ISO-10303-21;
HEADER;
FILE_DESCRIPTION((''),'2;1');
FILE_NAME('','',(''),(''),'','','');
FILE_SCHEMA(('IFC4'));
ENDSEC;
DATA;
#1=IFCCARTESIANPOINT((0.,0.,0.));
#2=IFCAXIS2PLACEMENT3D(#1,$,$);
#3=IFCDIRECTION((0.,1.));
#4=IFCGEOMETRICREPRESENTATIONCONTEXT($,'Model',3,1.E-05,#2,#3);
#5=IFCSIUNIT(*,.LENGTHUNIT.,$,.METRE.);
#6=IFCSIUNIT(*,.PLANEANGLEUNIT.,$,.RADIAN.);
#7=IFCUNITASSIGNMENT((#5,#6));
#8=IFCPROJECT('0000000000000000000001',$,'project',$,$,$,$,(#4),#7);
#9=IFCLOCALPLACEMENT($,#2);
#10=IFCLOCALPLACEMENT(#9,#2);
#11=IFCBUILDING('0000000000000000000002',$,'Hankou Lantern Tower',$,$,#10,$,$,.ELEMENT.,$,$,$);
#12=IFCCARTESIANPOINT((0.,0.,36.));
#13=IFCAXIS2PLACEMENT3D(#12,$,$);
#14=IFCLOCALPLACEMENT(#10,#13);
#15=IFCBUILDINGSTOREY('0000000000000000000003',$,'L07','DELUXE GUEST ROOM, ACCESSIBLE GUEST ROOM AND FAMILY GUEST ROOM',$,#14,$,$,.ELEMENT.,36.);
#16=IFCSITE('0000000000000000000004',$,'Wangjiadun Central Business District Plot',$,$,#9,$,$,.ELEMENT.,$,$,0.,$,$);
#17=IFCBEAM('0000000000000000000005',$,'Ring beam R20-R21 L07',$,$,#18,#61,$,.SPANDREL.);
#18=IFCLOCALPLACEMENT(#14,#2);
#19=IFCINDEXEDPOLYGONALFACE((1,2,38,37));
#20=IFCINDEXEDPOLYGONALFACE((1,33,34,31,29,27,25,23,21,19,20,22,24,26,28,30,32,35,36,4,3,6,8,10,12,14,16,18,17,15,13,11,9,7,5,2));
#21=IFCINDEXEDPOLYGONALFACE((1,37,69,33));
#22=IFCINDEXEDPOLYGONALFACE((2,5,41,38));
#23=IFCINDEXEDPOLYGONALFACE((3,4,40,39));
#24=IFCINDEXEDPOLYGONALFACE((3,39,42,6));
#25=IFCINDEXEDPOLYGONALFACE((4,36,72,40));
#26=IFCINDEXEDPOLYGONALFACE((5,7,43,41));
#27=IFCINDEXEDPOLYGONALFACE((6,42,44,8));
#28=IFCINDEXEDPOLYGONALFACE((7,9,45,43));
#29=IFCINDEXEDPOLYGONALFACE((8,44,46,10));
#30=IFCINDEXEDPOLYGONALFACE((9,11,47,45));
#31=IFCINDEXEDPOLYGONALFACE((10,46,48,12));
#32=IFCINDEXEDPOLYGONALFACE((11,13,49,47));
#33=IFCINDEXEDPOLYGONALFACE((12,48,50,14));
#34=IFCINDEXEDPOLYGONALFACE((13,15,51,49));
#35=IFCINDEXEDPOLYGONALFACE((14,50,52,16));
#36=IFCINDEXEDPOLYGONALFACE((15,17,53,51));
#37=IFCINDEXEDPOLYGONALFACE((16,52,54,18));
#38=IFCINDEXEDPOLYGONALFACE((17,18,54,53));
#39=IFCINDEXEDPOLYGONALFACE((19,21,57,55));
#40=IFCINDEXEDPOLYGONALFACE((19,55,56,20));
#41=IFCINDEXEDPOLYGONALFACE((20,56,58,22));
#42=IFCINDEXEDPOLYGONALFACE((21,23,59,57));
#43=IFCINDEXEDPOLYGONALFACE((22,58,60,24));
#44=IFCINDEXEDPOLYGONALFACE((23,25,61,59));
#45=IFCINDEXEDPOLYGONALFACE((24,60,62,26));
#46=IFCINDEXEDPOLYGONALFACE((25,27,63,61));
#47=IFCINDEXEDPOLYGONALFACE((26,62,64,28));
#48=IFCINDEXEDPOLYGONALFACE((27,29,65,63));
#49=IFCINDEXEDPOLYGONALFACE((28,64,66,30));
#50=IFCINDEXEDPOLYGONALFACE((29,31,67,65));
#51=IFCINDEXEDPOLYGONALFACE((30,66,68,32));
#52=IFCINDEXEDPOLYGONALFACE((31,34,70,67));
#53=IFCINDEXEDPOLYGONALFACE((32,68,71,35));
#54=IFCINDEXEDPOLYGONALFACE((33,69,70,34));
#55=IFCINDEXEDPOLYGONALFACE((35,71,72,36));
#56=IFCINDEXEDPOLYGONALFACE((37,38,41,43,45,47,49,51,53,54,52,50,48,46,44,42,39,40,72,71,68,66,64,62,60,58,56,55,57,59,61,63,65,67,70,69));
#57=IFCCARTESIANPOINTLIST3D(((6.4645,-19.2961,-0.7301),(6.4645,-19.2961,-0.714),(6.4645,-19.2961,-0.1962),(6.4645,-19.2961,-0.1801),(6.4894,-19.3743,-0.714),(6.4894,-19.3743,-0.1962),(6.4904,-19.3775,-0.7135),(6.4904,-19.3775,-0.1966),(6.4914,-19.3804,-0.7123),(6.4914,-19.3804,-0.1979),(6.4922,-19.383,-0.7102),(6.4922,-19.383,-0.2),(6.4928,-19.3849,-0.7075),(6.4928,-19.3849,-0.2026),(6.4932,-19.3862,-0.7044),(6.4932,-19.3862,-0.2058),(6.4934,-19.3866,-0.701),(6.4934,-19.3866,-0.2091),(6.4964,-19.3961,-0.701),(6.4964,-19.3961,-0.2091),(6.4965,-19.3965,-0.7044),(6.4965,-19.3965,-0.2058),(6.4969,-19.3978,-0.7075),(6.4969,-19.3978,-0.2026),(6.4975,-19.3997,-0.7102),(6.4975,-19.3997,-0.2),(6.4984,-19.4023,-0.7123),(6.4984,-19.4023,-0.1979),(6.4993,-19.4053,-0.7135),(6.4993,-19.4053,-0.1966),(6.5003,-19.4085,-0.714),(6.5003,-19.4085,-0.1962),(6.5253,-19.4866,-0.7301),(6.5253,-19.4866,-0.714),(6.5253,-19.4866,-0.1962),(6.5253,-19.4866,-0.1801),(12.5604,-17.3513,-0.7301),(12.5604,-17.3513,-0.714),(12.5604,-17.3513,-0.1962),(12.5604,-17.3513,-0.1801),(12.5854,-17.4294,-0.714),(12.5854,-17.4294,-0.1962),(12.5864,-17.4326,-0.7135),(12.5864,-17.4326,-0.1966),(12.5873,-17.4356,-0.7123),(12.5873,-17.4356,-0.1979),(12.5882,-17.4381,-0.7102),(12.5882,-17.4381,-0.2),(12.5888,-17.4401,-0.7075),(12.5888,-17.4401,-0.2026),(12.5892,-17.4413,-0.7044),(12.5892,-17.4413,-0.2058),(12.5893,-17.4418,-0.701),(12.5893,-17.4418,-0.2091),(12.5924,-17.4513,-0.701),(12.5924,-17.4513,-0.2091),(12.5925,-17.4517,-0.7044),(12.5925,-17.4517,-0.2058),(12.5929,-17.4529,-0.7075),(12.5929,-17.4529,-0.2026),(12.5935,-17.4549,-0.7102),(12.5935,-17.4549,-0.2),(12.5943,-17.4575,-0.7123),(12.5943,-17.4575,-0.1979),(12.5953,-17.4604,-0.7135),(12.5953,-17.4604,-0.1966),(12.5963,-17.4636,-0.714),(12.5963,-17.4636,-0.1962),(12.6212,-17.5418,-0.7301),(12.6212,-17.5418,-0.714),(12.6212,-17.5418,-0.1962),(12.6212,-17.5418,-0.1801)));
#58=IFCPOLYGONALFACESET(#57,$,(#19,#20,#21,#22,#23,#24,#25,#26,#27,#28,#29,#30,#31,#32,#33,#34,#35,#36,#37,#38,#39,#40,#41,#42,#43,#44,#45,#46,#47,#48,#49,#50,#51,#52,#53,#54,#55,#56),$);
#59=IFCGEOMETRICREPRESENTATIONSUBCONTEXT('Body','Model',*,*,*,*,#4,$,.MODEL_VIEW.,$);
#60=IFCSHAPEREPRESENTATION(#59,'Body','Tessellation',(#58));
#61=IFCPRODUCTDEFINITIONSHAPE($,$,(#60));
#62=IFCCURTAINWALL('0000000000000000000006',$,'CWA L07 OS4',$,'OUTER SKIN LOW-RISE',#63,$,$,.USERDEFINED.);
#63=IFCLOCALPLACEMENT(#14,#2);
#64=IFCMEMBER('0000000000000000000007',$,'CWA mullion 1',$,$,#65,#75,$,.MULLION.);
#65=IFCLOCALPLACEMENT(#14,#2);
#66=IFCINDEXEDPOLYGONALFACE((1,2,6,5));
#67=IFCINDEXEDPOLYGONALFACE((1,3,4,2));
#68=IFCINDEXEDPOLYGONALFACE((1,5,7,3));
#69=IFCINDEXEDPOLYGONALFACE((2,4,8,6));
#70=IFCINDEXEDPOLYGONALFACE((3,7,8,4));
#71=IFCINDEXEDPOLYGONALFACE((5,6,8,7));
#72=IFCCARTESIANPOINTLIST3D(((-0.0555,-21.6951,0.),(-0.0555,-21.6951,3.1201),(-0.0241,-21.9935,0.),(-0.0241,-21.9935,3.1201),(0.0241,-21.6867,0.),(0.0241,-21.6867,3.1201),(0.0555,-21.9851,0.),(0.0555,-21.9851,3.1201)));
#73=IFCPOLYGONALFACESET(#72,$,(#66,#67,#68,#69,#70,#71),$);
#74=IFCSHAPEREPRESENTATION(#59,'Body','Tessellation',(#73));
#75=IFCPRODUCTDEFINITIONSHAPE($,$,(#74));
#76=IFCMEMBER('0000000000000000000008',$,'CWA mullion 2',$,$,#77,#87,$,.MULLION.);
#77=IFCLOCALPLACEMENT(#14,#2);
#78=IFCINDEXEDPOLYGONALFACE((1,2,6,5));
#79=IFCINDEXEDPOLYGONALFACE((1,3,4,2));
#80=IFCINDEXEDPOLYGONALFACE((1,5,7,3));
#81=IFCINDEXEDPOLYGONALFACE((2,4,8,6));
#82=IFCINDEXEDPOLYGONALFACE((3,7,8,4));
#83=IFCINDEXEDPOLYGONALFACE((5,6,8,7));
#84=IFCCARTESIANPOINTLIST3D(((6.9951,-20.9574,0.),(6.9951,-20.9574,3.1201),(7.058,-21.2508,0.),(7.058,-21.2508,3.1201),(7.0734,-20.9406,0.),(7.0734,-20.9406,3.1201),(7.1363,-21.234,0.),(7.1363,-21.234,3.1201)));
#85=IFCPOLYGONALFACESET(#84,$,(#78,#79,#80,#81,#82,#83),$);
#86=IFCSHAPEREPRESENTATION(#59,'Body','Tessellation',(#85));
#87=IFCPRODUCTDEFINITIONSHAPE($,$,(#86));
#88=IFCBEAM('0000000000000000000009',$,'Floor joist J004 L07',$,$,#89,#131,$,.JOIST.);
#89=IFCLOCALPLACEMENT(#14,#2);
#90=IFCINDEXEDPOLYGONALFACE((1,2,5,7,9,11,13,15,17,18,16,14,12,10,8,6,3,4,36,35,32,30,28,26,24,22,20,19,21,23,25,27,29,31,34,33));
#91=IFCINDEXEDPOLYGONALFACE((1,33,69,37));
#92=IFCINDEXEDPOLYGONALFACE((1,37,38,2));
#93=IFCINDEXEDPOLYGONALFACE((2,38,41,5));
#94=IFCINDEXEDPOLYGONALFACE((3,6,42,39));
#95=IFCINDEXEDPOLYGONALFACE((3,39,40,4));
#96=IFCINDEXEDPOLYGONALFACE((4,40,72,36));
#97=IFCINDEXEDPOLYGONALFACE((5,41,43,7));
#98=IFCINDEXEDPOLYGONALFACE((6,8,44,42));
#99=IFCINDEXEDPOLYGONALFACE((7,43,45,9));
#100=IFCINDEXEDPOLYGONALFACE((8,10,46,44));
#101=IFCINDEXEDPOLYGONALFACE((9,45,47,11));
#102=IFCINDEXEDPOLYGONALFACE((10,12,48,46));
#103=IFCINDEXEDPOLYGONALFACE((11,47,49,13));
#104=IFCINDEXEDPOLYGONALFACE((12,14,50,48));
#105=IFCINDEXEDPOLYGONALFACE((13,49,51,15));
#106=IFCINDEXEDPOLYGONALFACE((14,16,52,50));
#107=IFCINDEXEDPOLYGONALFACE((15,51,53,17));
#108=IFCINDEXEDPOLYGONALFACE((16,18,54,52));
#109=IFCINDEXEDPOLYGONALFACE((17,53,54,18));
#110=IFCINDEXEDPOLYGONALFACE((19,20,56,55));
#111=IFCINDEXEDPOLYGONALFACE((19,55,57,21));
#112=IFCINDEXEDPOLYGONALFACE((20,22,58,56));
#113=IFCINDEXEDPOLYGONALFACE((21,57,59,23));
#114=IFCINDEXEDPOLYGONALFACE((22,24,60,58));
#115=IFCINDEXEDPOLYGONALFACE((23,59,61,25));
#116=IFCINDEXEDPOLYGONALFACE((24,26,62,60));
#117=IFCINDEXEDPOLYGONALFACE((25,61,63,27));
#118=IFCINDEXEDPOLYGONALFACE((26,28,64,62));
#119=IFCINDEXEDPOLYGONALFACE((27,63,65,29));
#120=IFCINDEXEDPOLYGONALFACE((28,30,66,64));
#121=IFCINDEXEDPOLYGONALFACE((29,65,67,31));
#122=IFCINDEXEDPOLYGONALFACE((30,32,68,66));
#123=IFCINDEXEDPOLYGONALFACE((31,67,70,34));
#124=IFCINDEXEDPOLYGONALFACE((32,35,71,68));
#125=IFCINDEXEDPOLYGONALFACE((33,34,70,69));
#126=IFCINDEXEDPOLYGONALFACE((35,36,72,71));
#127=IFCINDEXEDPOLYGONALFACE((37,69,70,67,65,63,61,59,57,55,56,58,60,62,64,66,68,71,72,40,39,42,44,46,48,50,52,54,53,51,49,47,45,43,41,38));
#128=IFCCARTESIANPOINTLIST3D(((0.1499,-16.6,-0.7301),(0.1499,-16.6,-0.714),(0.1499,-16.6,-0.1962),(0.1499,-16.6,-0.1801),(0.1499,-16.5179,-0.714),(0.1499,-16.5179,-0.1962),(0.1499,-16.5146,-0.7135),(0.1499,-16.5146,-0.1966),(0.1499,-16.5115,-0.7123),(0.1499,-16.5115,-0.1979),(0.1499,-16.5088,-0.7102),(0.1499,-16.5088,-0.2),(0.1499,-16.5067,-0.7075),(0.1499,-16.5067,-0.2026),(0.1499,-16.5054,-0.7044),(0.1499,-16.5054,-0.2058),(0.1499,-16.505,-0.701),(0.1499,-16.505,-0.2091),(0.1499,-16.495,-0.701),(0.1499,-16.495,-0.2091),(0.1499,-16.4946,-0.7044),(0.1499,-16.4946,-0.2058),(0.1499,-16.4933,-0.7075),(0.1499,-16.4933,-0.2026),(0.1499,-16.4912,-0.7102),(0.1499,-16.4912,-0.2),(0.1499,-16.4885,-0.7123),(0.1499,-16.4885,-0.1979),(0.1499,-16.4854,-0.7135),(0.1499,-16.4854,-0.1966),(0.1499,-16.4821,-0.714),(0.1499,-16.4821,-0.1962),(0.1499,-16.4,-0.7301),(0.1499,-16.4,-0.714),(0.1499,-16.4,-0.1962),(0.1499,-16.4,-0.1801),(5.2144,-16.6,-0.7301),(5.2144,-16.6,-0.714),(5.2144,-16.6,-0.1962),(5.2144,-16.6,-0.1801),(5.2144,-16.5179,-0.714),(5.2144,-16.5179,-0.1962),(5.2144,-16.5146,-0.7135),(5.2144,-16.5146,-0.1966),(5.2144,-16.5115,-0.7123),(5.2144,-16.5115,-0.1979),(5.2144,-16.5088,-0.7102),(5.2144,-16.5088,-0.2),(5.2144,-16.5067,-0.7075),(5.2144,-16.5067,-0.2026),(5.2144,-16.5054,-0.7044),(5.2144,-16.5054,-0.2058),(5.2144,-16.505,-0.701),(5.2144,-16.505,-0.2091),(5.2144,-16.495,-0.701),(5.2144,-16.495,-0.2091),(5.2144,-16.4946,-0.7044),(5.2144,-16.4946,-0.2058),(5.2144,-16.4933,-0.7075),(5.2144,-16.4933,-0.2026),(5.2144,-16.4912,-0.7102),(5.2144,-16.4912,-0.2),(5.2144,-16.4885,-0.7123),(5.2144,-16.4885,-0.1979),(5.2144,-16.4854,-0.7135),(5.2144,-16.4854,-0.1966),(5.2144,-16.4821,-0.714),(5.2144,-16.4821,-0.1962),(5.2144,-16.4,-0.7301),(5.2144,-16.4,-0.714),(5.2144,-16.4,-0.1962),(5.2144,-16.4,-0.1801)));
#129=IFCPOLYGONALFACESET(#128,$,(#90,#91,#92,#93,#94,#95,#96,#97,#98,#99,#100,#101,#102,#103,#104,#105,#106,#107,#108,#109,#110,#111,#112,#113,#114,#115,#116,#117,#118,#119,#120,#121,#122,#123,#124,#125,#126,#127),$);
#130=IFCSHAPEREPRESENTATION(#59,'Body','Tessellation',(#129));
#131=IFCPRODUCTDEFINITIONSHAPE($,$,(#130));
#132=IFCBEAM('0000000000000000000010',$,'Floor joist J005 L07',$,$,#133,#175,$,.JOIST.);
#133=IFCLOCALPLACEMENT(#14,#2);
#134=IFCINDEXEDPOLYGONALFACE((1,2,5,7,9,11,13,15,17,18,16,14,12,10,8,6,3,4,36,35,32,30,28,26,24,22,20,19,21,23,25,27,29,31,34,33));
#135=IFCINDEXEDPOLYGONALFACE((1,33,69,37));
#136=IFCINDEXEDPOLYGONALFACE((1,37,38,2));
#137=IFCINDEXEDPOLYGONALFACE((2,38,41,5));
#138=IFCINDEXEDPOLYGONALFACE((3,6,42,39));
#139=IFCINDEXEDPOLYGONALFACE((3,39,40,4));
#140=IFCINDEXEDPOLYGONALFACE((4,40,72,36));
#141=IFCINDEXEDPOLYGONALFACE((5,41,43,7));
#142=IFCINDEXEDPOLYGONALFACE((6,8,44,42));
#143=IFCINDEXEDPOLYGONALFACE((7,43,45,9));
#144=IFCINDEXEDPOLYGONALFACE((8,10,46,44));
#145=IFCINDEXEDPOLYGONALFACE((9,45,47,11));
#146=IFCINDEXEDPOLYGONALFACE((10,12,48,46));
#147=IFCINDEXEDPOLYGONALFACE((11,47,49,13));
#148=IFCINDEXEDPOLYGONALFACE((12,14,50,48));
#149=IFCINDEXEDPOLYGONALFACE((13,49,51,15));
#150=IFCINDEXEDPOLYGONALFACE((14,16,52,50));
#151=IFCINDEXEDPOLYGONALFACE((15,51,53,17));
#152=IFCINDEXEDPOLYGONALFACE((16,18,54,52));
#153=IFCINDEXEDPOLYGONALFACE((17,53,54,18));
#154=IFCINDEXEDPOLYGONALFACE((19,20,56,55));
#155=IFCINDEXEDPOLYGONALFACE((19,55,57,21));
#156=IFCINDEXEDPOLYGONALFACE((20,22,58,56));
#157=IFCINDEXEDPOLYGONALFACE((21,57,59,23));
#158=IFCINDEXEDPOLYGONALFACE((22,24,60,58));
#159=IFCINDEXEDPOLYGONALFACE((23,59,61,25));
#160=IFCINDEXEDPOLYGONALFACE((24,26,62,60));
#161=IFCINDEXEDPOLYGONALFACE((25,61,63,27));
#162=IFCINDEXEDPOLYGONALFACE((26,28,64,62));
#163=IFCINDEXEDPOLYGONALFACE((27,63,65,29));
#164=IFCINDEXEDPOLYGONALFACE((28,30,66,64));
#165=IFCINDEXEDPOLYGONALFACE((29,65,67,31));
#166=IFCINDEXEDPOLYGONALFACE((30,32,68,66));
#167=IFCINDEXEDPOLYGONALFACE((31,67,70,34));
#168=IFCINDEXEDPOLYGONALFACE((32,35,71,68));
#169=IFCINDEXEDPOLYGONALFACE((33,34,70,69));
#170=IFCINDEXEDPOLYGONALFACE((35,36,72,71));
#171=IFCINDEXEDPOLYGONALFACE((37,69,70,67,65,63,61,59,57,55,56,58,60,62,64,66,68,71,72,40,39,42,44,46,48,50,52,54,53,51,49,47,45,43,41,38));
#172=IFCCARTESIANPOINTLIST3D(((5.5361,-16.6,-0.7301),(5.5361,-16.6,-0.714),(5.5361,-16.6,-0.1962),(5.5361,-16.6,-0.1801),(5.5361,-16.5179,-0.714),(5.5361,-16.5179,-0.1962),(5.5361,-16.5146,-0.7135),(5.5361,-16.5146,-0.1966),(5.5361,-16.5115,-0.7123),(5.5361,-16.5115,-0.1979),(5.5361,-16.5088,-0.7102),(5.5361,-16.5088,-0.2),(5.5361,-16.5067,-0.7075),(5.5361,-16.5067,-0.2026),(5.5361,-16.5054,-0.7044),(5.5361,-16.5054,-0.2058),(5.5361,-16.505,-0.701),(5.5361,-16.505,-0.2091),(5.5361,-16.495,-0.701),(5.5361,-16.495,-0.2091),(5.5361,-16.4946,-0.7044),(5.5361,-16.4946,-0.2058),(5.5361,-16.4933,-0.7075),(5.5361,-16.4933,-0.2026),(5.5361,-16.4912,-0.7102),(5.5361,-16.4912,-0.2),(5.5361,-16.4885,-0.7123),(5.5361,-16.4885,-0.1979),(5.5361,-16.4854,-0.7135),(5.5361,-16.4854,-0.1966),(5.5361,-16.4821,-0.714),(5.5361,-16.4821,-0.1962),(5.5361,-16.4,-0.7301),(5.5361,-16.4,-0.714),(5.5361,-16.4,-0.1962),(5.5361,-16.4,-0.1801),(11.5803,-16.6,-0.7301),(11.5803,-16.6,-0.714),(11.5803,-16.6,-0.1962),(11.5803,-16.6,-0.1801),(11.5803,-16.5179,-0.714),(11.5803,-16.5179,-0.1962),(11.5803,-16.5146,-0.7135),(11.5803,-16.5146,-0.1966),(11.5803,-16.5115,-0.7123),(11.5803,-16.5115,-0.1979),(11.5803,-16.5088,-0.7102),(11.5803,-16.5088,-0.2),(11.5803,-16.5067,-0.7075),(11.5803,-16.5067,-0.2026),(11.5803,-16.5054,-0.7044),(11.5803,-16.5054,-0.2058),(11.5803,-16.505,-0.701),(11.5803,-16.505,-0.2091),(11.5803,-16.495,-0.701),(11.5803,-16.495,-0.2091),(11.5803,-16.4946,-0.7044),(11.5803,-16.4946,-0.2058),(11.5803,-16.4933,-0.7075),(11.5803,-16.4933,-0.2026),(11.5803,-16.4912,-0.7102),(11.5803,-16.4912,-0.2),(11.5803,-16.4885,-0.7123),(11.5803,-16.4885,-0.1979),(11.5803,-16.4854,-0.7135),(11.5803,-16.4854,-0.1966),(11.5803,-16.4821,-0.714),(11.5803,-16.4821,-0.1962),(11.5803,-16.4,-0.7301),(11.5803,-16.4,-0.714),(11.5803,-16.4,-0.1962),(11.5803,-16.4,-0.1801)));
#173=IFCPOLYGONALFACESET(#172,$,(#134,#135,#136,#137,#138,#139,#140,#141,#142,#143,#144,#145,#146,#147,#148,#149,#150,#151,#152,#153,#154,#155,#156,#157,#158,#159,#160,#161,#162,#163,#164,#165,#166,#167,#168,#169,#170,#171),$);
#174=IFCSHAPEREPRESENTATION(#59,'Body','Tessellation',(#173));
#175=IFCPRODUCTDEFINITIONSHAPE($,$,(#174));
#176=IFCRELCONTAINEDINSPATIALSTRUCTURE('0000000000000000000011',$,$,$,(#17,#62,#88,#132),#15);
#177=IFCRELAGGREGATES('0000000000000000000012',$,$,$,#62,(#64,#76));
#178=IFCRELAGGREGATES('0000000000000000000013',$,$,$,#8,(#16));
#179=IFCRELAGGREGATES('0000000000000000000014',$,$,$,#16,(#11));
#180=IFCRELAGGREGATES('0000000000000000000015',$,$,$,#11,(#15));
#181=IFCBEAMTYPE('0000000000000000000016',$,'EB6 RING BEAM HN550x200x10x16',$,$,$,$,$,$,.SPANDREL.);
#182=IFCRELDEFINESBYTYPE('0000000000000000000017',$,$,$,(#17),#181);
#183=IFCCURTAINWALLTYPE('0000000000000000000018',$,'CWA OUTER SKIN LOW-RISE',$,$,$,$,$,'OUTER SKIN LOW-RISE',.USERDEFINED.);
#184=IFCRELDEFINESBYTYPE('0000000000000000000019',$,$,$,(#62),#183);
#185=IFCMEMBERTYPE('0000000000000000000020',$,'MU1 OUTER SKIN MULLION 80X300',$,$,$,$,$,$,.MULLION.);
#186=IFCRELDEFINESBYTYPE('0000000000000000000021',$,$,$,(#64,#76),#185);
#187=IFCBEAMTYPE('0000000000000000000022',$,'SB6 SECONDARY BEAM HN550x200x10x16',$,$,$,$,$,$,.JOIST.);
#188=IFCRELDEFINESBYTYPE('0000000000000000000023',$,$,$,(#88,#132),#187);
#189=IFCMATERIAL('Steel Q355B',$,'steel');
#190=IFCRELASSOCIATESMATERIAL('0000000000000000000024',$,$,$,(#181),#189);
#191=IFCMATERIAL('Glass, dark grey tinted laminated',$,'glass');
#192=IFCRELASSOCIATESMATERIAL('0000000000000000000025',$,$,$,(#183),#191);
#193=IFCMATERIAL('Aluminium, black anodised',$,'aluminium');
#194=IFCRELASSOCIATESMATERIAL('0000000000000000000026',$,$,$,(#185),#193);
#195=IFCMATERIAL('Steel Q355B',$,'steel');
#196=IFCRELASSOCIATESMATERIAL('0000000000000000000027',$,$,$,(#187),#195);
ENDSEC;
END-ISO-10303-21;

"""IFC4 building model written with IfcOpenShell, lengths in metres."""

from ifc_helpers import new_model, si_unit, direction, frame, origin, origin_2d, place, context, subcontext, project, spatial, rectangle, i_section, extrude, material, material_profile, profile_set, type_object, element, aggregate, save


model = new_model("IFC4")

# Units and contexts
model_context = context("Model", 3, precision=1e-05, world=origin(), true_north=direction((0.0, 1.0)))
body_context = subcontext(model_context, "Body", "Model", "MODEL_VIEW")
ifc_project = project(units=[si_unit("LENGTHUNIT", "METRE"), si_unit("PLANEANGLEUNIT", "RADIAN")], contexts=[model_context])

# Site, building, storey
site_placement = place(None, origin())
site = spatial("IfcSite", under=ifc_project, at=site_placement, Name="Wangjiadun Central Business District Plot", CompositionType="ELEMENT", RefElevation=0.0)
building_placement = place(site_placement, origin())
building = spatial("IfcBuilding", under=site, at=building_placement, Name="Hankou Lantern Tower", CompositionType="ELEMENT")
storey_placement = place(building_placement, frame((0.0, 0.0, 36.0)))
storey = spatial("IfcBuildingStorey", under=building, at=storey_placement, Name="L07", Description="DELUXE GUEST ROOM, ACCESSIBLE GUEST ROOM AND FAMILY GUEST ROOM", CompositionType="ELEMENT", Elevation=36.0)

# Beam
ifc_material_1 = material(Name="Steel Q355B", Category="steel")
ifc_material_profile_1 = material_profile(ifc_material_1, i_section(OverallWidth=0.2, OverallDepth=0.55, WebThickness=0.01, FlangeThickness=0.0161, FilletRadius=0.0129, at=origin_2d()), Name="HN550x200x10x16")
ifc_profile_set_1 = profile_set([ifc_material_profile_1], Name="Steel Q355B")
beam_type_1 = type_object("IfcBeamType", Name="EB6 RING BEAM HN550x200x10x16", PredefinedType="SPANDREL", material=ifc_profile_set_1)
beam_1_placement = place(storey_placement, frame((6.4949, -19.3914, -0.4551), z_axis=(0.95269, 0.303942, 0.0), x_axis=(-0.303942, 0.95269, 0.0)))
element("IfcBeam", 1, at=beam_1_placement, inside=storey, type_object=beam_type_1, Name="Ring beam R20-R21 L07", PredefinedType="SPANDREL", context=body_context, shape_type="SweptSolid", body=[
    extrude(i_section(OverallWidth=0.2, OverallDepth=0.55, WebThickness=0.01, FlangeThickness=0.0161, FilletRadius=0.0129, at=origin_2d()), origin(), (0.0, 0.0, 1.0), 6.3987),
])

# Curtain wall, members
ifc_material_2 = material(Name="Glass, dark grey tinted laminated", Category="glass")
curtain_wall_type = type_object("IfcCurtainWallType", Name="CWA OUTER SKIN LOW-RISE", ElementType="OUTER SKIN LOW-RISE", PredefinedType="USERDEFINED", material=ifc_material_2)
curtain_wall_placement = place(storey_placement, origin())
curtain_wall = element("IfcCurtainWall", 2, at=curtain_wall_placement, inside=storey, type_object=curtain_wall_type, Name="CWA L07 OS4", ObjectType="OUTER SKIN LOW-RISE", PredefinedType="USERDEFINED")
ifc_material_3 = material(Name="Aluminium, black anodised", Category="aluminium")
ifc_material_profile_2 = material_profile(ifc_material_3, rectangle(XDim=0.0801, YDim=0.3, at=origin_2d()), Name="MU1 80X300")
ifc_profile_set_2 = profile_set([ifc_material_profile_2], Name="Aluminium, black anodised")
member_type_1 = type_object("IfcMemberType", Name="MU1 OUTER SKIN MULLION 80X300", PredefinedType="MULLION", material=ifc_profile_set_2)
member_1_placement = place(storey_placement, frame((0.0, -21.8401, 0.0), z_axis=(0.0, 0.0, 1.0), x_axis=(0.994499, 0.104743, 0.0)))
member_1 = element("IfcMember", 3, at=member_1_placement, type_object=member_type_1, Name="CWA mullion 1", PredefinedType="MULLION", context=body_context, shape_type="SweptSolid", body=[
    extrude(rectangle(XDim=0.0801, YDim=0.3, at=origin_2d()), origin(), (0.0, 0.0, 1.0), 3.1201),
])
member_2_placement = place(storey_placement, frame((7.0657, -21.0957, 0.0), z_axis=(0.0, 0.0, 1.0), x_axis=(0.977788, 0.209598, 0.0)))
member_2 = element("IfcMember", 4, at=member_2_placement, type_object=member_type_1, Name="CWA mullion 2", PredefinedType="MULLION", context=body_context, shape_type="SweptSolid", body=[
    extrude(rectangle(XDim=0.0801, YDim=0.3, at=origin_2d()), origin(), (0.0, 0.0, 1.0), 3.1201),
])

# Beams
ifc_material_4 = material(Name="Steel Q355B", Category="steel")
ifc_material_profile_3 = material_profile(ifc_material_4, i_section(OverallWidth=0.2, OverallDepth=0.55, WebThickness=0.01, FlangeThickness=0.0161, FilletRadius=0.0129, at=origin_2d()), Name="HN550x200x10x16")
ifc_profile_set_3 = profile_set([ifc_material_profile_3], Name="Steel Q355B")
beam_type_2 = type_object("IfcBeamType", Name="SB6 SECONDARY BEAM HN550x200x10x16", PredefinedType="JOIST", material=ifc_profile_set_3)
beam_2_placement = place(storey_placement, frame((0.1499, -16.5, -0.4551), z_axis=(1.0, 0.0, 0.0), x_axis=(0.0, 1.0, 0.0)))
element("IfcBeam", 5, at=beam_2_placement, inside=storey, type_object=beam_type_2, Name="Floor joist J004 L07", PredefinedType="JOIST", context=body_context, shape_type="SweptSolid", body=[
    extrude(i_section(OverallWidth=0.2, OverallDepth=0.55, WebThickness=0.01, FlangeThickness=0.0161, FilletRadius=0.0129, at=origin_2d()), origin(), (0.0, 0.0, 1.0), 5.0645),
])
beam_3_placement = place(storey_placement, frame((5.5361, -16.5, -0.4551), z_axis=(1.0, 0.0, 0.0), x_axis=(0.0, 1.0, 0.0)))
element("IfcBeam", 6, at=beam_3_placement, inside=storey, type_object=beam_type_2, Name="Floor joist J005 L07", PredefinedType="JOIST", context=body_context, shape_type="SweptSolid", body=[
    extrude(i_section(OverallWidth=0.2, OverallDepth=0.55, WebThickness=0.01, FlangeThickness=0.0161, FilletRadius=0.0129, at=origin_2d()), origin(), (0.0, 0.0, 1.0), 6.0442),
])

aggregate(curtain_wall, [member_1, member_2])

save(model, "model.ifc")
